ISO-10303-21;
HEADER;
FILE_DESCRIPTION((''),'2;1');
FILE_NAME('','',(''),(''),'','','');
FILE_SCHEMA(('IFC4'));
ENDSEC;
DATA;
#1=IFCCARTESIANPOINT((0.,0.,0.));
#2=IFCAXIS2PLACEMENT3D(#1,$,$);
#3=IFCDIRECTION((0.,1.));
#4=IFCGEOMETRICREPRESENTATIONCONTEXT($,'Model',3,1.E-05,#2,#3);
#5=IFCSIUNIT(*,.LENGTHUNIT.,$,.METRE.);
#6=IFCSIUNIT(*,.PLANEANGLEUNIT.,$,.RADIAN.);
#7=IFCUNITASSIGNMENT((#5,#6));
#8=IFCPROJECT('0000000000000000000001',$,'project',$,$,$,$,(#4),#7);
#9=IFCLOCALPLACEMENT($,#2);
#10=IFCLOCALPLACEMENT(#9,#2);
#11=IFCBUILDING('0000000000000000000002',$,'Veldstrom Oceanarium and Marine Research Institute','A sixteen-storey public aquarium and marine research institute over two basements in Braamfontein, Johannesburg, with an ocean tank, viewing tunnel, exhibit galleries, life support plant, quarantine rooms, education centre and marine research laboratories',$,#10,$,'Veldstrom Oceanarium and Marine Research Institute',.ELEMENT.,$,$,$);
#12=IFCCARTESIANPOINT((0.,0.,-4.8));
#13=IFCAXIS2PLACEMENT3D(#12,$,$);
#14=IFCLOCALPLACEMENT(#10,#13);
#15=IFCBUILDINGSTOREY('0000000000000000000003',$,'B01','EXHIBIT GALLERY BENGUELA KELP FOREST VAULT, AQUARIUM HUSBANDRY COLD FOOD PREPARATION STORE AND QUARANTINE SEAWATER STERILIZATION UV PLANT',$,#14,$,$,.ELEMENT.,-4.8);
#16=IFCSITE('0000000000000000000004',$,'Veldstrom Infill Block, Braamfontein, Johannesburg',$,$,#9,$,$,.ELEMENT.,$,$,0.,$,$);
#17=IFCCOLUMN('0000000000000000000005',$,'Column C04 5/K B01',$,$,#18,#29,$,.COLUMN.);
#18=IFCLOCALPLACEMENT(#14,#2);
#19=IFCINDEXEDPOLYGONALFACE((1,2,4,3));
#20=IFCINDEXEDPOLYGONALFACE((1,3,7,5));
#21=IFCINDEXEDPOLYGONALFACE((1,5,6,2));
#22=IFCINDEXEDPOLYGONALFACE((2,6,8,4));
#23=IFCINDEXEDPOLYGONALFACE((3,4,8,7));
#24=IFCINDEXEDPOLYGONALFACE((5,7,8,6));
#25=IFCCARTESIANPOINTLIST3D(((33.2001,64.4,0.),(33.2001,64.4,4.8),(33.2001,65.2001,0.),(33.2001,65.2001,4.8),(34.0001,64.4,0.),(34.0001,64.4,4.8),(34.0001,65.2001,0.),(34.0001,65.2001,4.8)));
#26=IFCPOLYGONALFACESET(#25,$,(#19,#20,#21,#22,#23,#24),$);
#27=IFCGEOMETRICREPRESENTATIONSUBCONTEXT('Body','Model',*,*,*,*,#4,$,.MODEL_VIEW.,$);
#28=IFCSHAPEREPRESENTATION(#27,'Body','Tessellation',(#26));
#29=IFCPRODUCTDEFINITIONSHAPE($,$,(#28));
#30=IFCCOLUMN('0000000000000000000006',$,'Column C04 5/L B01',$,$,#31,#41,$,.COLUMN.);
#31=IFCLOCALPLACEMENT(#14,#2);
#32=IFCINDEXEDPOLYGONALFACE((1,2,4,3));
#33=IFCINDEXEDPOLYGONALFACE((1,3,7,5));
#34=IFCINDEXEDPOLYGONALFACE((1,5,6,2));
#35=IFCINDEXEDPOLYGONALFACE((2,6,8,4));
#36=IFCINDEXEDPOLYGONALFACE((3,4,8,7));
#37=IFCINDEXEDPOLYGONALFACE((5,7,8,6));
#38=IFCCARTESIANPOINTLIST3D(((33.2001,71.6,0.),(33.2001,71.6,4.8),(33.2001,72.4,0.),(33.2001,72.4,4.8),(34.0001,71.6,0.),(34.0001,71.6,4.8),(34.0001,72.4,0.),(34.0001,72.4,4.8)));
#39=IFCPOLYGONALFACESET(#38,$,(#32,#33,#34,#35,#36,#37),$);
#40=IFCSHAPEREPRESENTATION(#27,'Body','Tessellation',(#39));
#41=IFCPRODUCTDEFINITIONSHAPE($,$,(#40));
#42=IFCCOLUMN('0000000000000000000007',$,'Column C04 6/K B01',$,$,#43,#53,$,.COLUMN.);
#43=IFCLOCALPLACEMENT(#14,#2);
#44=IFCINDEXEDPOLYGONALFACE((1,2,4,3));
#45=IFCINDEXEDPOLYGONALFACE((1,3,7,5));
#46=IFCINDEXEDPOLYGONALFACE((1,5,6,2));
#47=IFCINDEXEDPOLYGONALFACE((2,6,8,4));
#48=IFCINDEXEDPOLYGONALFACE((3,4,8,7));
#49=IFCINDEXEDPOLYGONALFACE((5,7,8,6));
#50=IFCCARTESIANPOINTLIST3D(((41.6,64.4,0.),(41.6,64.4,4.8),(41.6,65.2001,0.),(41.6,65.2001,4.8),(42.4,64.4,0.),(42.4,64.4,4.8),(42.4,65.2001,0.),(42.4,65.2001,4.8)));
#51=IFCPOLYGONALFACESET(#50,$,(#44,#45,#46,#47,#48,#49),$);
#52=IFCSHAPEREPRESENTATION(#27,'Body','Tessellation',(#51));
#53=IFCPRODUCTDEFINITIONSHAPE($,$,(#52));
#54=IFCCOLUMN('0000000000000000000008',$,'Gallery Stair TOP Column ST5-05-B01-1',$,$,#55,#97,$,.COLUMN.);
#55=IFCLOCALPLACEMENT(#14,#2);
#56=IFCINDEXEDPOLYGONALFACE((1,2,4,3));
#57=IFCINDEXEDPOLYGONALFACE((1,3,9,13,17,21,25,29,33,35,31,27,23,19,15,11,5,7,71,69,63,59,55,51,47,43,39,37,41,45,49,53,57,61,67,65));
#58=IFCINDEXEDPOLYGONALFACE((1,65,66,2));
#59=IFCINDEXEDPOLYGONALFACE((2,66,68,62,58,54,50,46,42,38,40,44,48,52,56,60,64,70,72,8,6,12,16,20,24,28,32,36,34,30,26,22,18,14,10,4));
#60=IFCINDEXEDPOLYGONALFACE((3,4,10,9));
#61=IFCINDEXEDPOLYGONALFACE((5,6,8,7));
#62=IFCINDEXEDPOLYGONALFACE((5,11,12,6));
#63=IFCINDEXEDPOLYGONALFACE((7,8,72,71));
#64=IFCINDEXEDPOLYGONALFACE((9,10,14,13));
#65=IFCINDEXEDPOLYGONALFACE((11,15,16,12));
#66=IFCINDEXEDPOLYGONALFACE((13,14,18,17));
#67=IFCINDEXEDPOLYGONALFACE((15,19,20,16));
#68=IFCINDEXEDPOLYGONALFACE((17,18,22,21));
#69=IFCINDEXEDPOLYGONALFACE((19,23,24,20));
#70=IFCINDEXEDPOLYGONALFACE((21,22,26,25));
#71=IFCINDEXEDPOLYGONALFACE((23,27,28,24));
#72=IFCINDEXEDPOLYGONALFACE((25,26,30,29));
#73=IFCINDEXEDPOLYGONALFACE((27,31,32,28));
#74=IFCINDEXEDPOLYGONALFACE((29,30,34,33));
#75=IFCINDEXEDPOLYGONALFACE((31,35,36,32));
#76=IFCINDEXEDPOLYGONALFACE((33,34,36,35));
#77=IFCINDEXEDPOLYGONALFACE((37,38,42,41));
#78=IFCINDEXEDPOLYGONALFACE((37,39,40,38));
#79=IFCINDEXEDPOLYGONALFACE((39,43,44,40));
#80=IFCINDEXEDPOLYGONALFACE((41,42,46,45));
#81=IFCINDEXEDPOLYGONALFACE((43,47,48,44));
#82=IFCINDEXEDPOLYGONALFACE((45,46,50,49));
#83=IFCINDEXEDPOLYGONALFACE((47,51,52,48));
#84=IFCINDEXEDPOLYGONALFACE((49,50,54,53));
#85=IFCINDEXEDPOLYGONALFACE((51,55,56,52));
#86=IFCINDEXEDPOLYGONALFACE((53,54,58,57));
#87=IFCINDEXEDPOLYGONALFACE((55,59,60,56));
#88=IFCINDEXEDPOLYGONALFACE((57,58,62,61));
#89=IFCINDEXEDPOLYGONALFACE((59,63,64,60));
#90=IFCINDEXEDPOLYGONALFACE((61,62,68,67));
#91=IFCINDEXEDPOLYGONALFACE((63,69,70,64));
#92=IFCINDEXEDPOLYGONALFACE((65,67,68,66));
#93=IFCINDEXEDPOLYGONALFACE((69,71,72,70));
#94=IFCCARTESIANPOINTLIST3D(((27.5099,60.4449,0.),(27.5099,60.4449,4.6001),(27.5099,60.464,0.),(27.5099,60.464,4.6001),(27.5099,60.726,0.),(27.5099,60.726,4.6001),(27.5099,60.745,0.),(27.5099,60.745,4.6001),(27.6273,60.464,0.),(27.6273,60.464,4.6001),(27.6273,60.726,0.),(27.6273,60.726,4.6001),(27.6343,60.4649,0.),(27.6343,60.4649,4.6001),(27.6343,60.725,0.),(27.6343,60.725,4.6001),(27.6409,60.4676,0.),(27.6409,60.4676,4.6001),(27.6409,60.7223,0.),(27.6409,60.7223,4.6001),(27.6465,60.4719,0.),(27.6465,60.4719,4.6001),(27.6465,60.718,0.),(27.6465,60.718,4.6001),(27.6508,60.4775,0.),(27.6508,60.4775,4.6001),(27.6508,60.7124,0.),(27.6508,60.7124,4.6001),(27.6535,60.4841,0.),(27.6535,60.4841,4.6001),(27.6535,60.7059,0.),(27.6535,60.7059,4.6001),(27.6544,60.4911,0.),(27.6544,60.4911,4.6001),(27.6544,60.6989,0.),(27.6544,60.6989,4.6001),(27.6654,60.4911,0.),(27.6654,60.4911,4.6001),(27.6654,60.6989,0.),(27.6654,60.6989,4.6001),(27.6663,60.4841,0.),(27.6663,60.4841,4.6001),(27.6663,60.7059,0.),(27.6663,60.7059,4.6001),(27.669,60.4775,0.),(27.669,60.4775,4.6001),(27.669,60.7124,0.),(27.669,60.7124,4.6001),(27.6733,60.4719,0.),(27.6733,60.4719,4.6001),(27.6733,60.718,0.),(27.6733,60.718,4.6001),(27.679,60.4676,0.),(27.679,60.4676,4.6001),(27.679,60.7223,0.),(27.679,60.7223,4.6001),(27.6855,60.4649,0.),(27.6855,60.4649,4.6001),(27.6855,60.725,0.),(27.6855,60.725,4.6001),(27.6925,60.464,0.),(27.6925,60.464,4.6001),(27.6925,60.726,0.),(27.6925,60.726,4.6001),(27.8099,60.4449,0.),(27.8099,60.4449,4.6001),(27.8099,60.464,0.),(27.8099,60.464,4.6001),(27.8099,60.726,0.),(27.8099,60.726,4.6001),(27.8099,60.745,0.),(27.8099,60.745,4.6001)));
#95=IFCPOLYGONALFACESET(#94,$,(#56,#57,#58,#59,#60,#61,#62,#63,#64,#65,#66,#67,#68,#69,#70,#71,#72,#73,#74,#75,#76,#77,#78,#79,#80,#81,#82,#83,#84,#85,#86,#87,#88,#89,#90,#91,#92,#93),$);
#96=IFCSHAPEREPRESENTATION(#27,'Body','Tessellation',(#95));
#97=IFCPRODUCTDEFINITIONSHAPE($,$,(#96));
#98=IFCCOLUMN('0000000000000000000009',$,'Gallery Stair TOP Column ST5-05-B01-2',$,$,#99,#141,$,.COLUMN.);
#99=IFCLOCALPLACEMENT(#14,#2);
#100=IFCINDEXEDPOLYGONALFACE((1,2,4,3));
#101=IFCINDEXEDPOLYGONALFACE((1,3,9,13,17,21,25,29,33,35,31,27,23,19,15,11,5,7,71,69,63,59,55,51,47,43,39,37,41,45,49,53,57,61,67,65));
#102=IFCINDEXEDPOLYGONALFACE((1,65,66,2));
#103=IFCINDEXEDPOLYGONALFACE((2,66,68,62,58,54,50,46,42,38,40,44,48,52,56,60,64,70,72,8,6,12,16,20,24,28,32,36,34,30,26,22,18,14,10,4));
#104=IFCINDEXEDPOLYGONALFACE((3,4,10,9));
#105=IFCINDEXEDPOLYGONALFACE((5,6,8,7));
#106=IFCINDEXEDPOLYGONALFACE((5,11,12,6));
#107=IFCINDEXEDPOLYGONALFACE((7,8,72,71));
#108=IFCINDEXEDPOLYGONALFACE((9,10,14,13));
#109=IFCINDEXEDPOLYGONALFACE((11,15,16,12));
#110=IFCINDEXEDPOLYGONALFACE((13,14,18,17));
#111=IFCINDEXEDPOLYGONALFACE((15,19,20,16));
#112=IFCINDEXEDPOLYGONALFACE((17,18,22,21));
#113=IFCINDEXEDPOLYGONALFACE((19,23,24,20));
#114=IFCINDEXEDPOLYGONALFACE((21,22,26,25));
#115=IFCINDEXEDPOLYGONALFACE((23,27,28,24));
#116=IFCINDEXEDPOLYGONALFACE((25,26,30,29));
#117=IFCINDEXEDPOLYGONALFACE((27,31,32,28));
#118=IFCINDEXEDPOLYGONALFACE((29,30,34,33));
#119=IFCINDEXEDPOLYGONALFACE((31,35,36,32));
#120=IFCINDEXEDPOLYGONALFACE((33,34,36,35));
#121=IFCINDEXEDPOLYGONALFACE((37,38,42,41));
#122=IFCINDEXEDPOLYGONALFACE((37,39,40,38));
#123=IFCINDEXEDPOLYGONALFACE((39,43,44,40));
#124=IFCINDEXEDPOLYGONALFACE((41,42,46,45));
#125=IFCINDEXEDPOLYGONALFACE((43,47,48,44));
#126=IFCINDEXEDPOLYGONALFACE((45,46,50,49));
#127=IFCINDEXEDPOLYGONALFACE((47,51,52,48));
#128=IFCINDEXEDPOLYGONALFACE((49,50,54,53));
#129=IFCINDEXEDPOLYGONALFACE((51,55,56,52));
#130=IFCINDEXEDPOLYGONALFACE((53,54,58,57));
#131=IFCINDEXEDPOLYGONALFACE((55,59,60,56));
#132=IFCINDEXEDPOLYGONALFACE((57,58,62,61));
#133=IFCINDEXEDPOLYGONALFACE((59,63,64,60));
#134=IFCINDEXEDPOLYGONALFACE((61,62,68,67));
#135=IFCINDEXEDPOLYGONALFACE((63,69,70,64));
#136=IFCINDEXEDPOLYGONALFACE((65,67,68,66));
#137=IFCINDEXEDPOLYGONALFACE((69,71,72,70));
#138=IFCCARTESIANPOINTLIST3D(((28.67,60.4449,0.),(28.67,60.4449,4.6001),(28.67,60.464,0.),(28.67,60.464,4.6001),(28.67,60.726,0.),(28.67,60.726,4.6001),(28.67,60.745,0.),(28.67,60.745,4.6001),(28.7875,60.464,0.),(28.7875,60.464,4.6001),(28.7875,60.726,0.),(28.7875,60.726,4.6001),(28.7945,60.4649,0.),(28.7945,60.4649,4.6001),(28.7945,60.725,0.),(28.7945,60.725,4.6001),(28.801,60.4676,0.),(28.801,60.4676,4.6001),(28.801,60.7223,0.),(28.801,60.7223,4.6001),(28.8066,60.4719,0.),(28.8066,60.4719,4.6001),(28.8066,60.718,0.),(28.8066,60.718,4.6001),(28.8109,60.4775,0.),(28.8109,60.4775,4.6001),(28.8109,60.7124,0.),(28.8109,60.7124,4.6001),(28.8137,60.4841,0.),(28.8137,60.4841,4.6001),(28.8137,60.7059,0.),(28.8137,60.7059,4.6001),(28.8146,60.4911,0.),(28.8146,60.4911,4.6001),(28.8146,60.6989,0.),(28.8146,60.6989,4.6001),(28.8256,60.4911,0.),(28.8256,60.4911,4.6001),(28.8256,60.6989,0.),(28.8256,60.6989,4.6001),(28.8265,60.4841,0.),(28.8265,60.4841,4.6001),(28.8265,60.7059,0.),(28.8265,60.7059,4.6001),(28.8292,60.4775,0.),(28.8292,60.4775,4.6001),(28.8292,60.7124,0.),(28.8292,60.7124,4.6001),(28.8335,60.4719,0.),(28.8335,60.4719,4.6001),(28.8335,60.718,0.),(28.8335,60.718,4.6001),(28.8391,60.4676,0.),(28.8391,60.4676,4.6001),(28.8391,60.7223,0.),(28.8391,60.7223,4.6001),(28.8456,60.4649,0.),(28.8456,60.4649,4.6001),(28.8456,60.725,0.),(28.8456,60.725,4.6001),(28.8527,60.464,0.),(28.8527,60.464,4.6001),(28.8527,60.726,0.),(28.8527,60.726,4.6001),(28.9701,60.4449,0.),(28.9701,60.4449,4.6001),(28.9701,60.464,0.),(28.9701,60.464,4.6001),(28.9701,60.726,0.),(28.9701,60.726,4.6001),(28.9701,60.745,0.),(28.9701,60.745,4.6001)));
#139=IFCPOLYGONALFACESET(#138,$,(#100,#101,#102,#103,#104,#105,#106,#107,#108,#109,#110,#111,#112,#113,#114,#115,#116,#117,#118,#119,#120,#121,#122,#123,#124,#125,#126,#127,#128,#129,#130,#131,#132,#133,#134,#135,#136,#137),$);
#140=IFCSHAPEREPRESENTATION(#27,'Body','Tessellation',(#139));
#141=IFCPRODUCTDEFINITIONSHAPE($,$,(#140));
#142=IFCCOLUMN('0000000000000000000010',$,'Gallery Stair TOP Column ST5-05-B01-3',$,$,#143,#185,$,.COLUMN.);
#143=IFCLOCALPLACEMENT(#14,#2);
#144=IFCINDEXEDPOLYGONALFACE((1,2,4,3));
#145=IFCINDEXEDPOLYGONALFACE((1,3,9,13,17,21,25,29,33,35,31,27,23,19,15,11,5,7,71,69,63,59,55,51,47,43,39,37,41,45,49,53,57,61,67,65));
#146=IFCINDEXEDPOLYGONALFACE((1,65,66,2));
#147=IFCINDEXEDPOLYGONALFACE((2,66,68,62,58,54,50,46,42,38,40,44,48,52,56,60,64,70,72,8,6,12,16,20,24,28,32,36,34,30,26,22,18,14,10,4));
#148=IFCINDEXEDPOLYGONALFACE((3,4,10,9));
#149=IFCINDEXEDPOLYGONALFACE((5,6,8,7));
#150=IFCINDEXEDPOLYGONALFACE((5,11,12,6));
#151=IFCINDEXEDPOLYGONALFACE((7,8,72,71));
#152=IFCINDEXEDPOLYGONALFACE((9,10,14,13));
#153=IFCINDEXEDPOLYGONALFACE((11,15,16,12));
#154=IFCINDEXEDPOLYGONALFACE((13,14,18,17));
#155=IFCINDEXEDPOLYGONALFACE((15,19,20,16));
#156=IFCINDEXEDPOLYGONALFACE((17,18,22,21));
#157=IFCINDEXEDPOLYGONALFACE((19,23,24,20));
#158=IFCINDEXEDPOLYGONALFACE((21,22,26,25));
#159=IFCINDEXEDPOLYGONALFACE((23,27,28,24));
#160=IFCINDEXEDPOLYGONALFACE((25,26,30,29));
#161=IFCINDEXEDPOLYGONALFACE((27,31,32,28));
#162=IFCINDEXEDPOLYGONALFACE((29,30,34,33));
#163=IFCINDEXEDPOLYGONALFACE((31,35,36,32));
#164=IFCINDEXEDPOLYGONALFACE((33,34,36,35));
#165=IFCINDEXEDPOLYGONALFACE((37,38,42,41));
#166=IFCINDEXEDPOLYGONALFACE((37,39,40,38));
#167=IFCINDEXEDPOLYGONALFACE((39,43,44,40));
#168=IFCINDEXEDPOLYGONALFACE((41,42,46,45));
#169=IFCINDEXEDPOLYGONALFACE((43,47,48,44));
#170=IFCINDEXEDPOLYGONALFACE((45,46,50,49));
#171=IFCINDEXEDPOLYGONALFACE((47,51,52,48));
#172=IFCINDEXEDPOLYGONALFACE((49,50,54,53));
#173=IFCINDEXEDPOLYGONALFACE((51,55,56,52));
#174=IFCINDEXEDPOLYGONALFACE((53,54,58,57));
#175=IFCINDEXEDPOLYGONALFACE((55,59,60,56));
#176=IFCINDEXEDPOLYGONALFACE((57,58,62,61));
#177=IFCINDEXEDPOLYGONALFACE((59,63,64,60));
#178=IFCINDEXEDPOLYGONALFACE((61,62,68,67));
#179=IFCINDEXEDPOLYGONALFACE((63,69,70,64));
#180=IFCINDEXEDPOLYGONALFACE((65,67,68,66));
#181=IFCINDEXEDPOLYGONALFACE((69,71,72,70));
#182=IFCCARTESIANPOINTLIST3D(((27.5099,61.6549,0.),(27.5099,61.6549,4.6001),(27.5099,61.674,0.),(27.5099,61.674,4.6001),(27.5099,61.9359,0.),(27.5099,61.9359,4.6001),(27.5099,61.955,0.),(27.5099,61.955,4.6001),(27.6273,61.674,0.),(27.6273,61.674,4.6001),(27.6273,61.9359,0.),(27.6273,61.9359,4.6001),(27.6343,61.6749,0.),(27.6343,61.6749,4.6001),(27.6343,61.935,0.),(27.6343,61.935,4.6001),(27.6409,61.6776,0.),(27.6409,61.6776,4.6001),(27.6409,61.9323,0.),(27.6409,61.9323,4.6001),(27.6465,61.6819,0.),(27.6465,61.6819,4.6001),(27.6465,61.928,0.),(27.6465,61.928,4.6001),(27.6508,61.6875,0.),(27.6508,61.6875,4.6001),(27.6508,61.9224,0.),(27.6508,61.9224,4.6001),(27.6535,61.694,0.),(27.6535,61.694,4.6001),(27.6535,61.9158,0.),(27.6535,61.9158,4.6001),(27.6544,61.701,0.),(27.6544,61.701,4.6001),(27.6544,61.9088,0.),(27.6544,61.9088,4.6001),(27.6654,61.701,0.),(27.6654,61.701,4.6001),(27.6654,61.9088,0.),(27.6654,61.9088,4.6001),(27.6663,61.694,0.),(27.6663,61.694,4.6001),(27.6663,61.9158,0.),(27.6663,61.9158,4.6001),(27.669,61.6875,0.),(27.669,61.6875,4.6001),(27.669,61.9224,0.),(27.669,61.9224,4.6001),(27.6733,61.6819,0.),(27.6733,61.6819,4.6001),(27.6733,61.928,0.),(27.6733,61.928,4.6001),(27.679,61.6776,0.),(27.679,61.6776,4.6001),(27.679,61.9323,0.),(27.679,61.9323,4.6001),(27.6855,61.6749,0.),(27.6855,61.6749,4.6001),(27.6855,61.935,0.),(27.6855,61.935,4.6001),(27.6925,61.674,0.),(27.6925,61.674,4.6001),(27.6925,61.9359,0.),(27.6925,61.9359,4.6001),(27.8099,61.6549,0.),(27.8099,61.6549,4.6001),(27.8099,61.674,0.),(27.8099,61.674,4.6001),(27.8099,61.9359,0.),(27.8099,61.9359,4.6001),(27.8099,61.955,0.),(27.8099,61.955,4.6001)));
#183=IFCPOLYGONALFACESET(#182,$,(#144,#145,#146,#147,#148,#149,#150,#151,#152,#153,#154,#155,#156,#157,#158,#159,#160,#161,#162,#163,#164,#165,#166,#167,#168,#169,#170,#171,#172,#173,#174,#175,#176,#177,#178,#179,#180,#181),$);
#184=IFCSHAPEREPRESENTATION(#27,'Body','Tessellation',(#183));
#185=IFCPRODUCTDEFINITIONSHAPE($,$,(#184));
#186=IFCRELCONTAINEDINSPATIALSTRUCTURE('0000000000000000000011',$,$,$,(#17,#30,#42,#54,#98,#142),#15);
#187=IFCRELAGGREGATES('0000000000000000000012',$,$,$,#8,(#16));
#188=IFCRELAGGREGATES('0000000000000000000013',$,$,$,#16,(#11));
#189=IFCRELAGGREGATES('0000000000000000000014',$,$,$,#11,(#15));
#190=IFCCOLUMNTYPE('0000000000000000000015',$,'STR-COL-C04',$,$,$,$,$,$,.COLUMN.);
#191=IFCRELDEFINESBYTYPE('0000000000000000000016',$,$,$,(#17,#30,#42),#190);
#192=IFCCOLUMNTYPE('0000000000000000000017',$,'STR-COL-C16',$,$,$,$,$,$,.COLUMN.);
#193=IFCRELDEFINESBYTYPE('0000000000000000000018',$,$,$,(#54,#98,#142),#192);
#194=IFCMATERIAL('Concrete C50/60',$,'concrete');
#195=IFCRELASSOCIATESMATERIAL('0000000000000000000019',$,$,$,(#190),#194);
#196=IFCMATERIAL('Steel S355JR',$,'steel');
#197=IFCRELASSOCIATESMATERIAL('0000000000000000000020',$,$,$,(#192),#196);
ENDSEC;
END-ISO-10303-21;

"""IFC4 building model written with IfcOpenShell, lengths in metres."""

from ifc_helpers import new_model, si_unit, direction, frame, origin, origin_2d, place, context, subcontext, project, spatial, rectangle, i_section, extrude, material, material_profile, profile_set, type_object, element, save


model = new_model("IFC4")

# Units and contexts
model_context = context("Model", 3, precision=1e-05, world=origin(), true_north=direction((0.0, 1.0)))
body_context = subcontext(model_context, "Body", "Model", "MODEL_VIEW")
ifc_project = project(units=[si_unit("LENGTHUNIT", "METRE"), si_unit("PLANEANGLEUNIT", "RADIAN")], contexts=[model_context])

# Site, building, storey
site_placement = place(None, origin())
site = spatial("IfcSite", under=ifc_project, at=site_placement, Name="Veldstrom Infill Block, Braamfontein, Johannesburg", CompositionType="ELEMENT", RefElevation=0.0)
building_placement = place(site_placement, origin())
building = spatial("IfcBuilding", under=site, at=building_placement, Name="Veldstrom Oceanarium and Marine Research Institute", Description="A sixteen-storey public aquarium and marine research institute over two basements in Braamfontein, Johannesburg, with an ocean tank, viewing tunnel, exhibit galleries, life support plant, quarantine rooms, education centre and marine research laboratories", LongName="Veldstrom Oceanarium and Marine Research Institute", CompositionType="ELEMENT")
storey_placement = place(building_placement, frame((0.0, 0.0, -4.8)))
storey = spatial("IfcBuildingStorey", under=building, at=storey_placement, Name="B01", Description="EXHIBIT GALLERY BENGUELA KELP FOREST VAULT, AQUARIUM HUSBANDRY COLD FOOD PREPARATION STORE AND QUARANTINE SEAWATER STERILIZATION UV PLANT", CompositionType="ELEMENT", Elevation=-4.8)

# Columns
ifc_material_1 = material(Name="Concrete C50/60", Category="concrete")
ifc_material_profile_1 = material_profile(ifc_material_1, rectangle(XDim=0.8, YDim=0.8, at=origin_2d()), Name="RC-COL-800x800")
ifc_profile_set_1 = profile_set([ifc_material_profile_1], Name="Concrete C50/60")
column_type_1 = type_object("IfcColumnType", Name="STR-COL-C04", PredefinedType="COLUMN", material=ifc_profile_set_1)
for number, where, z_axis, x_axis, name in (
    (1, (33.6001, 64.8, 0.0), (0.0, 0.0, 1.0), (1.0, 0.0, 0.0), "Column C04 5/K B01"),
    (2, (33.6001, 72.0, 0.0), (0.0, 0.0, 1.0), (1.0, 0.0, 0.0), "Column C04 5/L B01"),
    (3, (42.0, 64.8, 0.0), (0.0, 0.0, 1.0), (1.0, 0.0, 0.0), "Column C04 6/K B01"),
):
    element("IfcColumn", number, at=place(storey_placement, frame(where, z_axis=z_axis, x_axis=x_axis)), inside=storey, type_object=column_type_1, Name=name, PredefinedType="COLUMN", context=body_context, shape_type="SweptSolid", body=[
        extrude(rectangle(XDim=0.8, YDim=0.8, at=origin_2d()), origin(), (0.0, 0.0, 1.0), 4.8),
    ])
ifc_material_2 = material(Name="Steel S355JR", Category="steel")
ifc_material_profile_2 = material_profile(ifc_material_2, i_section(OverallWidth=0.3, OverallDepth=0.3, WebThickness=0.011, FlangeThickness=0.019, FilletRadius=0.0271, at=origin_2d()), Name="HEB 300")
ifc_profile_set_2 = profile_set([ifc_material_profile_2], Name="Steel S355JR")
column_type_2 = type_object("IfcColumnType", Name="STR-COL-C16", PredefinedType="COLUMN", material=ifc_profile_set_2)
for number, where, z_axis, x_axis, name in (
    (4, (27.6599, 60.595, 0.0), (0.0, 0.0, 1.0), (1.0, 0.0, 0.0), "Gallery Stair TOP Column ST5-05-B01-1"),
    (5, (28.8201, 60.595, 0.0), (0.0, 0.0, 1.0), (1.0, 0.0, 0.0), "Gallery Stair TOP Column ST5-05-B01-2"),
    (6, (27.6599, 61.8049, 0.0), (0.0, 0.0, 1.0), (1.0, 0.0, 0.0), "Gallery Stair TOP Column ST5-05-B01-3"),
):
    element("IfcColumn", number, at=place(storey_placement, frame(where, z_axis=z_axis, x_axis=x_axis)), inside=storey, type_object=column_type_2, Name=name, PredefinedType="COLUMN", context=body_context, shape_type="SweptSolid", body=[
        extrude(i_section(OverallWidth=0.3, OverallDepth=0.3, WebThickness=0.011, FlangeThickness=0.019, FilletRadius=0.0271, at=origin_2d()), origin(), (0.0, 0.0, 1.0), 4.6001),
    ])

save(model, "model.ifc")
